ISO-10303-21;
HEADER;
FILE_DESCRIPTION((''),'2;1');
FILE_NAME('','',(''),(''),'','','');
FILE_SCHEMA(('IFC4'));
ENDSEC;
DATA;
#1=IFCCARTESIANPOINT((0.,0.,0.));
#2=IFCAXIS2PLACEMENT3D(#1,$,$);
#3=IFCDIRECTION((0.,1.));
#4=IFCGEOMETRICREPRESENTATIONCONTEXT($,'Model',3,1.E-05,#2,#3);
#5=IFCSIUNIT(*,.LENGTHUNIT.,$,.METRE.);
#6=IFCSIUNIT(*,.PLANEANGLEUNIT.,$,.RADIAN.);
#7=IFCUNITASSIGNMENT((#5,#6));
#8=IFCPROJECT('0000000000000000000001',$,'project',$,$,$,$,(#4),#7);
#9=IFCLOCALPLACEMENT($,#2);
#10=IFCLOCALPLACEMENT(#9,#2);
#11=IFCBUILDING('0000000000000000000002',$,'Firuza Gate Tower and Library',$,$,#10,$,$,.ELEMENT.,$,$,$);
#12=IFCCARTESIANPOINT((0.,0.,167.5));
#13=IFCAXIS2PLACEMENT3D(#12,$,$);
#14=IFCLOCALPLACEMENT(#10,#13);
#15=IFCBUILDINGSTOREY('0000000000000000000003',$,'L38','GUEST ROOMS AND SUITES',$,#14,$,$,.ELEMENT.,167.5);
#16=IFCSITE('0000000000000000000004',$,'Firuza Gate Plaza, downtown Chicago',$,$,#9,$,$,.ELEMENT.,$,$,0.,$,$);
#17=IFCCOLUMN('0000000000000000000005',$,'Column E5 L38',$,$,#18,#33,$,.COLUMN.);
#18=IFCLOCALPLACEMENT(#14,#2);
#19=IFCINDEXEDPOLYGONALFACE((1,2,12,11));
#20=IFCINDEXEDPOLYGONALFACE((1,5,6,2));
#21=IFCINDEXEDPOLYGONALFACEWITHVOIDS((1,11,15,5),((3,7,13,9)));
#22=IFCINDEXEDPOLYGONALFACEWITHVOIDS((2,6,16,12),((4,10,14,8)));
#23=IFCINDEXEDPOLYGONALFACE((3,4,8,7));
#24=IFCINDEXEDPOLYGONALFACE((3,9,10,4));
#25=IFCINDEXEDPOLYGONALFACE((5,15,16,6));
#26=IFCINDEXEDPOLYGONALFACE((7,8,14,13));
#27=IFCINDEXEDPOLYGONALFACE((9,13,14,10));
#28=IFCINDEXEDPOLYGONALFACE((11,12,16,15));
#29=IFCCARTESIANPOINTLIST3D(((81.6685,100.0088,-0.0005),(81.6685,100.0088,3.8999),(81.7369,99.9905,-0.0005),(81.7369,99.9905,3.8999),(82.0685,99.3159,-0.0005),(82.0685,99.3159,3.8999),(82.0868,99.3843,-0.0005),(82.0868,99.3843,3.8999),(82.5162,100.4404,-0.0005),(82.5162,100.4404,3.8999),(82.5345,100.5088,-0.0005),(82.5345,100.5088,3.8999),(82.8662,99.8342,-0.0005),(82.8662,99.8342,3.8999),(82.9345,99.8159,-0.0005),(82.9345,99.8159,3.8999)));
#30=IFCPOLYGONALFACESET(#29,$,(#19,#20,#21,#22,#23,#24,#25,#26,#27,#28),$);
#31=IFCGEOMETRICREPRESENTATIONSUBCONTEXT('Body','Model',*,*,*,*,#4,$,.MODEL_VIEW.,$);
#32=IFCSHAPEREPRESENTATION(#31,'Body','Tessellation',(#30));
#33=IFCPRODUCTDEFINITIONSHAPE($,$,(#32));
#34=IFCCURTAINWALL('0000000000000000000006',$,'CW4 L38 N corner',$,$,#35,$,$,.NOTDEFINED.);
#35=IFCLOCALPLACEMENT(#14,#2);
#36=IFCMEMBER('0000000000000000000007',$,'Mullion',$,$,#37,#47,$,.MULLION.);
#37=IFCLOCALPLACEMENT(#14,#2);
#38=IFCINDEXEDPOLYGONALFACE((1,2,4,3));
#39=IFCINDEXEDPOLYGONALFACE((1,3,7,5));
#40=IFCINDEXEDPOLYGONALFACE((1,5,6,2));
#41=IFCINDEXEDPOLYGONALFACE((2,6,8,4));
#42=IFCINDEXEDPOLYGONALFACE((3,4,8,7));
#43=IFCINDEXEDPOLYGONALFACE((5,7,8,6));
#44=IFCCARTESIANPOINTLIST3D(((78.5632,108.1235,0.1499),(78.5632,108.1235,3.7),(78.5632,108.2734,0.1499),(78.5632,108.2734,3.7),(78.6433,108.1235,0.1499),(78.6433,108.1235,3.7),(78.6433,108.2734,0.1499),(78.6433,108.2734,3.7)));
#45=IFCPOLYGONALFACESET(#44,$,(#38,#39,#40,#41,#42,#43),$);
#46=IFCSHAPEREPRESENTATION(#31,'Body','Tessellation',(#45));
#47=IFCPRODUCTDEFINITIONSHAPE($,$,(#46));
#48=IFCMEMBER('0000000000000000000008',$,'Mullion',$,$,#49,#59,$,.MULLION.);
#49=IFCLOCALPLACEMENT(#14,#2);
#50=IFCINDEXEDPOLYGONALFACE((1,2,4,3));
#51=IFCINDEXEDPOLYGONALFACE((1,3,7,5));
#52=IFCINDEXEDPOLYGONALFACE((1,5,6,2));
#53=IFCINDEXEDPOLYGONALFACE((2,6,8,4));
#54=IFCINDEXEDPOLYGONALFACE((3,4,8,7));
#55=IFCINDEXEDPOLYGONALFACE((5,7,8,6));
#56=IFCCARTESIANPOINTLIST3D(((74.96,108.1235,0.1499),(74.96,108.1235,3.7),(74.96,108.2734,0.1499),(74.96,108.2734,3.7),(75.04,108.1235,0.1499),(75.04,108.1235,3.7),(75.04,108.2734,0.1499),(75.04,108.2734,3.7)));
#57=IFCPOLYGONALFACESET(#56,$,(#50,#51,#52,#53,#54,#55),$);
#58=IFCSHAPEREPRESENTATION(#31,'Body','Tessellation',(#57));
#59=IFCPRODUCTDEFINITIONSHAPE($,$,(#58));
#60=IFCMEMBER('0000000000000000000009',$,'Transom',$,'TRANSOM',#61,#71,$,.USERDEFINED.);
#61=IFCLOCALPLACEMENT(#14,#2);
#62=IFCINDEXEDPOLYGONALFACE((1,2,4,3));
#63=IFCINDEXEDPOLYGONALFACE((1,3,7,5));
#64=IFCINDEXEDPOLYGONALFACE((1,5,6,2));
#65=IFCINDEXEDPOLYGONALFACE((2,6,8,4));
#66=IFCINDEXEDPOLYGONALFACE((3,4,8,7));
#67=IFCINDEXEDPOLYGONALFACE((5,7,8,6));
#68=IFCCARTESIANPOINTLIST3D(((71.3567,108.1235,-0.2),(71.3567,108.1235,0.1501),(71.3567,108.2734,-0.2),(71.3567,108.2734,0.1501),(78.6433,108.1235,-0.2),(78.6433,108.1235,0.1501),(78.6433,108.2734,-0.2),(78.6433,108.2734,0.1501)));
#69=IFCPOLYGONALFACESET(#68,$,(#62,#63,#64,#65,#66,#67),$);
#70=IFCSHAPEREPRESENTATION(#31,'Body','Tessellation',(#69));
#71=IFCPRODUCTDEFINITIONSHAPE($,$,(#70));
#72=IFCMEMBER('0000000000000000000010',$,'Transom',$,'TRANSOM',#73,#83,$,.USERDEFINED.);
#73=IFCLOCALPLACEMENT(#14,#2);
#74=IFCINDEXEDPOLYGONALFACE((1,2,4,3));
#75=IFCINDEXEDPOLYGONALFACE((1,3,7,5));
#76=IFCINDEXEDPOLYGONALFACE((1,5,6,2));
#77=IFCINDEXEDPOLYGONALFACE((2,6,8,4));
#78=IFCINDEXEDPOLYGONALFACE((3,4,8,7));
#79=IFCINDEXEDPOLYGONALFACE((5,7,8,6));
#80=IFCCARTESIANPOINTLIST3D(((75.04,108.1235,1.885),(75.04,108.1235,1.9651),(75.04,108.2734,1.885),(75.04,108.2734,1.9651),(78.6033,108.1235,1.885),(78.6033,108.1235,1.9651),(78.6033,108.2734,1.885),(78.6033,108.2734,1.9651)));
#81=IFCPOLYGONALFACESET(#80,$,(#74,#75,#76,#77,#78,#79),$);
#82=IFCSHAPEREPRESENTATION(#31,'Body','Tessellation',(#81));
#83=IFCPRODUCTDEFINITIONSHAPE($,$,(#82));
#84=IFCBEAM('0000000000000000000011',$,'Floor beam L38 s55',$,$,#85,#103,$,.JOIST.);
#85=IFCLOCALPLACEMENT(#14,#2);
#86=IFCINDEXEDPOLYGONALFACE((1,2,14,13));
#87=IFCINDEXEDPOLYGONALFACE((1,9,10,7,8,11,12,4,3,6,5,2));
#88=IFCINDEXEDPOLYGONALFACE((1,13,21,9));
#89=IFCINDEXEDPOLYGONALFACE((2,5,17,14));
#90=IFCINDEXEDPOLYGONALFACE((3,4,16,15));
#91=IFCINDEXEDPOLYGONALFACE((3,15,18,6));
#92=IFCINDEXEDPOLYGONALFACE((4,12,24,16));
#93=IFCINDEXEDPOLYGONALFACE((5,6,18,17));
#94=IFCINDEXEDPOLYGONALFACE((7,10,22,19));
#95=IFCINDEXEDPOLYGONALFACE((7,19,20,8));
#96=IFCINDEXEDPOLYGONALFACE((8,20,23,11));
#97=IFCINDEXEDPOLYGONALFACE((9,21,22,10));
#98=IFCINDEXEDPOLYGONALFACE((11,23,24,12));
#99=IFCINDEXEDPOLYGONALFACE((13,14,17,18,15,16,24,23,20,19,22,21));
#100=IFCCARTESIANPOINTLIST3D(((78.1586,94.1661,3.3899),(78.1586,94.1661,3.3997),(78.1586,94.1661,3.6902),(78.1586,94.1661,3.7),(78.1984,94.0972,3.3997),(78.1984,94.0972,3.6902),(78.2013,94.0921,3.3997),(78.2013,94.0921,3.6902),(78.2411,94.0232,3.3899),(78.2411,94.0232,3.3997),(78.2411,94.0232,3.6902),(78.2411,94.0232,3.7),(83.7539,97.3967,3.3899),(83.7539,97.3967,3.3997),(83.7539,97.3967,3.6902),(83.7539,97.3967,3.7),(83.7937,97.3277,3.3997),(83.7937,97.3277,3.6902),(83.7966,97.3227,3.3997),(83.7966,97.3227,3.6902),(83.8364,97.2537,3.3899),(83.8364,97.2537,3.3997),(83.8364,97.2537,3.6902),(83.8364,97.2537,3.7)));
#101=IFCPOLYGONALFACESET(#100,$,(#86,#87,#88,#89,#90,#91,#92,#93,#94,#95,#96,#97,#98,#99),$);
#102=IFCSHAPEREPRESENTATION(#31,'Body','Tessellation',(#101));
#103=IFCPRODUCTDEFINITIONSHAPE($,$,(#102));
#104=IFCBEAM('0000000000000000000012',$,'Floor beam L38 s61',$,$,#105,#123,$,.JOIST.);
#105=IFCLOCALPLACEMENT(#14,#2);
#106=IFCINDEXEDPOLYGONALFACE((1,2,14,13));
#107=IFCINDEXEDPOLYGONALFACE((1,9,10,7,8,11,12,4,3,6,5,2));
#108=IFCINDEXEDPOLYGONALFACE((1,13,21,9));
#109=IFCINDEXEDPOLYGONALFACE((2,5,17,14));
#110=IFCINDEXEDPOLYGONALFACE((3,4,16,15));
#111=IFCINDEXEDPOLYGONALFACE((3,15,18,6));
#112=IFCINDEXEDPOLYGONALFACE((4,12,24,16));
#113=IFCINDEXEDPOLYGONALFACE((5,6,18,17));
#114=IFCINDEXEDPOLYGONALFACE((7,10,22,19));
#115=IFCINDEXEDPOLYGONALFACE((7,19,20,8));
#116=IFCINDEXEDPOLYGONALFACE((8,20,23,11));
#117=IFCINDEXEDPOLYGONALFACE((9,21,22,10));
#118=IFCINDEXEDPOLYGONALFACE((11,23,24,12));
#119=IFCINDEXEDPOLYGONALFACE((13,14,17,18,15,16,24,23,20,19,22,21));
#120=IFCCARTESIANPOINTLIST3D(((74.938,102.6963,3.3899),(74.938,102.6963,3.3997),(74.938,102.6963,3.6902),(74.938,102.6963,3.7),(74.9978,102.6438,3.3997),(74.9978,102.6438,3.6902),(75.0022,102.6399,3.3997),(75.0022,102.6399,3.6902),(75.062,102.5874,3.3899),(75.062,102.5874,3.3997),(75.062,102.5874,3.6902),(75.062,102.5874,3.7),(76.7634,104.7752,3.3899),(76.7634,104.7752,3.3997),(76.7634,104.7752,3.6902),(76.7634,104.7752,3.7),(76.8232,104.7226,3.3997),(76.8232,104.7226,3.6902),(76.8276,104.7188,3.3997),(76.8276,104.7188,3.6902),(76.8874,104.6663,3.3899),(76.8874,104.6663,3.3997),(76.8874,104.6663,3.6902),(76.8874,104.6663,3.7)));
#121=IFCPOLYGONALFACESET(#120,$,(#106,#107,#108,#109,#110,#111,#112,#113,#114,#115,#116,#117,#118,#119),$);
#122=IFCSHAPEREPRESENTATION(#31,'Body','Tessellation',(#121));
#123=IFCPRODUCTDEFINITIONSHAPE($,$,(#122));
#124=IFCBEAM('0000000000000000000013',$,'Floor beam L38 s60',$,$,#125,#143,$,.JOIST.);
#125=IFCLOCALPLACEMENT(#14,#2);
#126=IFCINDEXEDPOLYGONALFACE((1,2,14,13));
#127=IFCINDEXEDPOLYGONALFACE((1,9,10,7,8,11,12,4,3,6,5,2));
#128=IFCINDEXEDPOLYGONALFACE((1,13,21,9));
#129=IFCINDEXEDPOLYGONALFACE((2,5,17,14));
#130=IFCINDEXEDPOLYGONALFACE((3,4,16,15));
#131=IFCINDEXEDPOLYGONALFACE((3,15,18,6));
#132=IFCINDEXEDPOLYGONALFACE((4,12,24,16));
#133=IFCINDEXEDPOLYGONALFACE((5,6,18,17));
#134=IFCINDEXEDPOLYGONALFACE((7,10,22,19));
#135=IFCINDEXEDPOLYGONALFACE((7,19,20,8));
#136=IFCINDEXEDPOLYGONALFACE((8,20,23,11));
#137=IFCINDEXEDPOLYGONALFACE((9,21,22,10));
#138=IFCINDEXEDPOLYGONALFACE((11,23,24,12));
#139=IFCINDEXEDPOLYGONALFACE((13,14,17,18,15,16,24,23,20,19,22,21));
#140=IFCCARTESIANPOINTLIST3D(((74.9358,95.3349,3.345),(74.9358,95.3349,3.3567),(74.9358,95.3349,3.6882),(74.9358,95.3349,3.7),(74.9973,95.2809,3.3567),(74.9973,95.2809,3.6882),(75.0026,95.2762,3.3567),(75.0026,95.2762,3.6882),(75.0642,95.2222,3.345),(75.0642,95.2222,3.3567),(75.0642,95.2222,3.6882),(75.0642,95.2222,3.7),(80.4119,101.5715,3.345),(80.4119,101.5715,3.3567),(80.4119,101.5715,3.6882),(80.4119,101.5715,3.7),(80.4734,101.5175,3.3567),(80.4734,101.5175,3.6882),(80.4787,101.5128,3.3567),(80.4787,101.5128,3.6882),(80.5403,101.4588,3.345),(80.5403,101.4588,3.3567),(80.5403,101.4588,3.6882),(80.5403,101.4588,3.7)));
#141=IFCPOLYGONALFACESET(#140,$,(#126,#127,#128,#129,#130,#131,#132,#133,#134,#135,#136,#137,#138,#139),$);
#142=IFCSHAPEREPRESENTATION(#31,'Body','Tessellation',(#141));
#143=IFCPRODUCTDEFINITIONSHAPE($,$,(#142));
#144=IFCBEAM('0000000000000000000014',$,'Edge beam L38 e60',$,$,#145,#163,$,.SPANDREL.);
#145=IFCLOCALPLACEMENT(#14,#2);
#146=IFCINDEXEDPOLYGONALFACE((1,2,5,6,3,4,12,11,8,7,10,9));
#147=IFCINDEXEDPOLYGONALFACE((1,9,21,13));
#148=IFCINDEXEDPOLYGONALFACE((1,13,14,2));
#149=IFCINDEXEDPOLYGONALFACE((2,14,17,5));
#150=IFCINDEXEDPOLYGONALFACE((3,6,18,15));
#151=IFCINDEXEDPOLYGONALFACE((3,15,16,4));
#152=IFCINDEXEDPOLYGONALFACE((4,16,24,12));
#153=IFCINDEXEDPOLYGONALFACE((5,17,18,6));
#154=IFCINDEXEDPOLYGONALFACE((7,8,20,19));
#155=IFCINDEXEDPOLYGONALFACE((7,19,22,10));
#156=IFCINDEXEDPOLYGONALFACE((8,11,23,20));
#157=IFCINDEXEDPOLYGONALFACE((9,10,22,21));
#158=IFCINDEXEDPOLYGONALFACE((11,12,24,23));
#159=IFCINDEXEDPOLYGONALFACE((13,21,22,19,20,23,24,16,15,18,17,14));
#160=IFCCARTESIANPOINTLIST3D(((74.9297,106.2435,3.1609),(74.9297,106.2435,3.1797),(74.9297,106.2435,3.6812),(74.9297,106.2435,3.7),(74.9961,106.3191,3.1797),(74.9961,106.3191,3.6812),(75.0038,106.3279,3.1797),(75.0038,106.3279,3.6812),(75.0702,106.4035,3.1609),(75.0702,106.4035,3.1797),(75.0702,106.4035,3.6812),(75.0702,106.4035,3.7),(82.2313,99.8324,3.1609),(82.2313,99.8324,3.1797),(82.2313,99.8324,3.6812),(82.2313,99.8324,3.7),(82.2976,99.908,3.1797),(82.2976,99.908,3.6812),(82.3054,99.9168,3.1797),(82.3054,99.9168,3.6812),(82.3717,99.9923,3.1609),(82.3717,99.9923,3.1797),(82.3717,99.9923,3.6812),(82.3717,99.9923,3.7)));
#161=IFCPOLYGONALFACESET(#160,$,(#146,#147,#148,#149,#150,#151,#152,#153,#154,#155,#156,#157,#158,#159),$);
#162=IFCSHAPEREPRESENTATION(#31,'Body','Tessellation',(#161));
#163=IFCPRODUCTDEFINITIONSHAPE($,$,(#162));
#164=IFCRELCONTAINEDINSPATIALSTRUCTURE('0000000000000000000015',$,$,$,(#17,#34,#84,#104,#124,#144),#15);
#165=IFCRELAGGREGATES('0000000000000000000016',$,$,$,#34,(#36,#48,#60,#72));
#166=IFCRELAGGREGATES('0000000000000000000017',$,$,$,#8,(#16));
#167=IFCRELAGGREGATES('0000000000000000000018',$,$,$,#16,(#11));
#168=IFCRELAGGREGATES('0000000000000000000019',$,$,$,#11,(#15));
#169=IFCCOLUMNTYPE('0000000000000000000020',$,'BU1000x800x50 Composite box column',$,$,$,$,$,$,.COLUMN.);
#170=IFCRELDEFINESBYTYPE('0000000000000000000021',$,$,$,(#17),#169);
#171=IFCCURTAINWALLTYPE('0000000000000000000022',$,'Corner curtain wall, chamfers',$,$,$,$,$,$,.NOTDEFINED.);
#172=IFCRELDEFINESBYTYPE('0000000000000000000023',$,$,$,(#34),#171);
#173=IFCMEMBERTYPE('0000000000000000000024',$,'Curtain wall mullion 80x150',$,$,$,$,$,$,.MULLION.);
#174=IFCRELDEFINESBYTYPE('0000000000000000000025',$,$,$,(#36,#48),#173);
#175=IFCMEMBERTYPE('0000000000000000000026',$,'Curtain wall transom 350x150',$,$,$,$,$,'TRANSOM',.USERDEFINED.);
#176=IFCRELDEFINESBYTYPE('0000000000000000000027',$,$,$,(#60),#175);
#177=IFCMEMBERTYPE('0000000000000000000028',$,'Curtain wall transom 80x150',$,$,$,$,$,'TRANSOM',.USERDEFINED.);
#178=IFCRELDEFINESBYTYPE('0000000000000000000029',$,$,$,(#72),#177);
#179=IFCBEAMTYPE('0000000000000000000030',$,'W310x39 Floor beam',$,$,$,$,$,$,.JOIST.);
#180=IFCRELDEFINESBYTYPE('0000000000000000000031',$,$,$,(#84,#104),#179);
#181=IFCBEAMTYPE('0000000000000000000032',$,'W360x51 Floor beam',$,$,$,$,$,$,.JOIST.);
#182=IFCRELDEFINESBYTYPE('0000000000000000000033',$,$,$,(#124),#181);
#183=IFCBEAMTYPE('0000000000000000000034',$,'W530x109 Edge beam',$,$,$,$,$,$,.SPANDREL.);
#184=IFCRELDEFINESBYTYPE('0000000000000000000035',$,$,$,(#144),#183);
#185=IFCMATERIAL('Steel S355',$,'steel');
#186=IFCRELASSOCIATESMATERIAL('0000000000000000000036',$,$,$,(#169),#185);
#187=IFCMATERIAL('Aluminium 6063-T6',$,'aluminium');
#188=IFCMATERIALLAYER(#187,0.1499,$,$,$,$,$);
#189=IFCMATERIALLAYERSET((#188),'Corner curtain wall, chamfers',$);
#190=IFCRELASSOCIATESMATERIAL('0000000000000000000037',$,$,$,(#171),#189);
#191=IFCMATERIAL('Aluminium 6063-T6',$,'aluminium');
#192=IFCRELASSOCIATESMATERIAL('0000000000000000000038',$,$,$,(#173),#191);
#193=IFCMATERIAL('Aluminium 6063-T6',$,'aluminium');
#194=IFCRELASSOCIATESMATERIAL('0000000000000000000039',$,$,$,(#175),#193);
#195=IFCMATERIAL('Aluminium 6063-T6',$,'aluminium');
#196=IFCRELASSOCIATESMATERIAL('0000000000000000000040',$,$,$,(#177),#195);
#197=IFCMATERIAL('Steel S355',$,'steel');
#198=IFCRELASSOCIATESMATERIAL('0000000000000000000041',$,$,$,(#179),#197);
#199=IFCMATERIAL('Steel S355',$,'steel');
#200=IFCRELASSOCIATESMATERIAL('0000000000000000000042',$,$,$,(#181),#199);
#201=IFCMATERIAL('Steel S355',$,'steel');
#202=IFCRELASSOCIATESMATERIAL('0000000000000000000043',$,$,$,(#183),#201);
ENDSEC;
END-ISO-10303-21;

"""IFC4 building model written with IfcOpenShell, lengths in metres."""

from ifc_helpers import new_model, si_unit, direction, frame, origin, origin_2d, place, context, subcontext, project, spatial, rectangle, hollow_rectangle, i_section, extrude, material, layer, layer_set, material_profile, profile_set, type_object, element, aggregate, save


model = new_model("IFC4")

# Units and contexts
model_context = context("Model", 3, precision=1e-05, world=origin(), true_north=direction((0.0, 1.0)))
body_context = subcontext(model_context, "Body", "Model", "MODEL_VIEW")
ifc_project = project(units=[si_unit("LENGTHUNIT", "METRE"), si_unit("PLANEANGLEUNIT", "RADIAN")], contexts=[model_context])

# Site, building, storey
site_placement = place(None, origin())
site = spatial("IfcSite", under=ifc_project, at=site_placement, Name="Firuza Gate Plaza, downtown Chicago", CompositionType="ELEMENT", RefElevation=0.0)
building_placement = place(site_placement, origin())
building = spatial("IfcBuilding", under=site, at=building_placement, Name="Firuza Gate Tower and Library", CompositionType="ELEMENT")
storey_placement = place(building_placement, frame((0.0, 0.0, 167.5)))
storey = spatial("IfcBuildingStorey", under=building, at=storey_placement, Name="L38", Description="GUEST ROOMS AND SUITES", CompositionType="ELEMENT", Elevation=167.5)

# Column
ifc_material_1 = material(Name="Steel S355", Category="steel")
ifc_material_profile_1 = material_profile(ifc_material_1, hollow_rectangle(XDim=0.8, YDim=1.0, WallThickness=0.05, at=origin_2d()))
ifc_profile_set_1 = profile_set([ifc_material_profile_1], Name="Steel S355")
column_type = type_object("IfcColumnType", Name="BU1000x800x50 Composite box column", PredefinedType="COLUMN", material=ifc_profile_set_1)
column_placement = place(storey_placement, frame((82.3015, 99.9124, -0.0005), z_axis=(0.0, 0.0, 1.0), x_axis=(-0.5, 0.866025, 0.0)))
element("IfcColumn", 1, at=column_placement, inside=storey, type_object=column_type, Name="Column E5 L38", PredefinedType="COLUMN", context=body_context, shape_type="SweptSolid", body=[
    extrude(hollow_rectangle(XDim=0.8, YDim=1.0, WallThickness=0.05, at=origin_2d()), origin(), (0.0, 0.0, 1.0), 3.9004),
])

# Curtain wall, members
ifc_material_2 = material(Name="Aluminium 6063-T6", Category="aluminium")
ifc_layer_1 = layer(ifc_material_2, 0.1499)
ifc_layer_set_1 = layer_set([ifc_layer_1], Name="Corner curtain wall, chamfers")
curtain_wall_type = type_object("IfcCurtainWallType", Name="Corner curtain wall, chamfers", PredefinedType="NOTDEFINED", material=ifc_layer_set_1)
curtain_wall_placement = place(storey_placement, origin())
curtain_wall = element("IfcCurtainWall", 2, at=curtain_wall_placement, inside=storey, type_object=curtain_wall_type, Name="CW4 L38 N corner", PredefinedType="NOTDEFINED")
ifc_material_3 = material(Name="Aluminium 6063-T6", Category="aluminium")
ifc_material_profile_2 = material_profile(ifc_material_3, rectangle(XDim=0.1499, YDim=0.0801, at=origin_2d()))
ifc_profile_set_2 = profile_set([ifc_material_profile_2], Name="Aluminium 6063-T6")
member_type_1 = type_object("IfcMemberType", Name="Curtain wall mullion 80x150", PredefinedType="MULLION", material=ifc_profile_set_2)
member_1_placement = place(storey_placement, frame((78.6033, 108.1985, 0.1499), z_axis=(0.0, 0.0, 1.0), x_axis=(0.0, -1.0, 0.0)))
member_1 = element("IfcMember", 3, at=member_1_placement, type_object=member_type_1, Name="Mullion", PredefinedType="MULLION", context=body_context, shape_type="SweptSolid", body=[
    extrude(rectangle(XDim=0.1499, YDim=0.0801, at=origin_2d()), origin(), (0.0, 0.0, 1.0), 3.55),
])
member_2_placement = place(storey_placement, frame((75.0, 108.1985, 0.1499), z_axis=(0.0, 0.0, 1.0), x_axis=(0.0, -1.0, 0.0)))
member_2 = element("IfcMember", 4, at=member_2_placement, type_object=member_type_1, Name="Mullion", PredefinedType="MULLION", context=body_context, shape_type="SweptSolid", body=[
    extrude(rectangle(XDim=0.1499, YDim=0.0801, at=origin_2d()), origin(), (0.0, 0.0, 1.0), 3.55),
])
ifc_material_4 = material(Name="Aluminium 6063-T6", Category="aluminium")
ifc_material_profile_3 = material_profile(ifc_material_4, rectangle(XDim=0.1499, YDim=0.3501, at=origin_2d()))
ifc_profile_set_3 = profile_set([ifc_material_profile_3], Name="Aluminium 6063-T6")
member_type_2 = type_object("IfcMemberType", Name="Curtain wall transom 350x150", ElementType="TRANSOM", PredefinedType="USERDEFINED", material=ifc_profile_set_3)
member_3_placement = place(storey_placement, frame((78.6433, 108.1985, -0.0249), z_axis=(-1.0, 0.0, 0.0), x_axis=(0.0, -1.0, 0.0)))
member_3 = element("IfcMember", 5, at=member_3_placement, type_object=member_type_2, Name="Transom", ObjectType="TRANSOM", PredefinedType="USERDEFINED", context=body_context, shape_type="SweptSolid", body=[
    extrude(rectangle(XDim=0.1499, YDim=0.3501, at=origin_2d()), origin(), (0.0, 0.0, 1.0), 7.2866),
])
ifc_material_5 = material(Name="Aluminium 6063-T6", Category="aluminium")
ifc_material_profile_4 = material_profile(ifc_material_5, rectangle(XDim=0.1499, YDim=0.0801, at=origin_2d()))
ifc_profile_set_4 = profile_set([ifc_material_profile_4], Name="Aluminium 6063-T6")
member_type_3 = type_object("IfcMemberType", Name="Curtain wall transom 80x150", ElementType="TRANSOM", PredefinedType="USERDEFINED", material=ifc_profile_set_4)
member_4_placement = place(storey_placement, frame((78.6033, 108.1985, 1.925), z_axis=(-1.0, 0.0, 0.0), x_axis=(0.0, -1.0, 0.0)))
member_4 = element("IfcMember", 6, at=member_4_placement, type_object=member_type_3, Name="Transom", ObjectType="TRANSOM", PredefinedType="USERDEFINED", context=body_context, shape_type="SweptSolid", body=[
    extrude(rectangle(XDim=0.1499, YDim=0.0801, at=origin_2d()), origin(), (0.0, 0.0, 1.0), 3.5632),
])

# Beams
ifc_material_6 = material(Name="Steel S355", Category="steel")
ifc_material_profile_5 = material_profile(ifc_material_6, i_section(OverallWidth=0.165, OverallDepth=0.3101, WebThickness=0.0059, FlangeThickness=0.0098, at=origin_2d()))
ifc_profile_set_5 = profile_set([ifc_material_profile_5], Name="Steel S355")
beam_type_1 = type_object("IfcBeamType", Name="W310x39 Floor beam", PredefinedType="JOIST", material=ifc_profile_set_5)
beam_1_placement = place(storey_placement, frame((83.7952, 97.3252, 3.5449), z_axis=(-0.866021, -0.500008, 0.0), x_axis=(0.500008, -0.866021, 0.0)))
element("IfcBeam", 7, at=beam_1_placement, inside=storey, type_object=beam_type_1, Name="Floor beam L38 s55", PredefinedType="JOIST", context=body_context, shape_type="SweptSolid", body=[
    extrude(i_section(OverallWidth=0.165, OverallDepth=0.3101, WebThickness=0.0059, FlangeThickness=0.0098, at=origin_2d()), origin(), (0.0, 0.0, 1.0), 6.4609),
])
beam_2_placement = place(storey_placement, frame((76.8254, 104.7207, 3.5449), z_axis=(-0.659822, -0.751422, 0.0), x_axis=(0.751422, -0.659822, 0.0)))
element("IfcBeam", 8, at=beam_2_placement, inside=storey, type_object=beam_type_1, Name="Floor beam L38 s61", PredefinedType="JOIST", context=body_context, shape_type="SweptSolid", body=[
    extrude(i_section(OverallWidth=0.165, OverallDepth=0.3101, WebThickness=0.0059, FlangeThickness=0.0098, at=origin_2d()), origin(), (0.0, 0.0, 1.0), 2.7666),
])
ifc_material_7 = material(Name="Steel S355", Category="steel")
ifc_material_profile_6 = material_profile(ifc_material_7, i_section(OverallWidth=0.1709, OverallDepth=0.355, WebThickness=0.0071, FlangeThickness=0.0117, at=origin_2d()))
ifc_profile_set_6 = profile_set([ifc_material_profile_6], Name="Steel S355")
beam_type_2 = type_object("IfcBeamType", Name="W360x51 Floor beam", PredefinedType="JOIST", material=ifc_profile_set_6)
beam_3_placement = place(storey_placement, frame((80.4761, 101.5151, 3.5225), z_axis=(-0.659805, -0.751437, 0.0), x_axis=(0.751437, -0.659805, 0.0)))
element("IfcBeam", 9, at=beam_3_placement, inside=storey, type_object=beam_type_2, Name="Floor beam L38 s60", PredefinedType="JOIST", context=body_context, shape_type="SweptSolid", body=[
    extrude(i_section(OverallWidth=0.1709, OverallDepth=0.355, WebThickness=0.0071, FlangeThickness=0.0117, at=origin_2d()), origin(), (0.0, 0.0, 1.0), 8.2996),
])
ifc_material_8 = material(Name="Steel S355", Category="steel")
ifc_material_profile_7 = material_profile(ifc_material_8, i_section(OverallWidth=0.2129, OverallDepth=0.5391, WebThickness=0.0117, FlangeThickness=0.0188, at=origin_2d()))
ifc_profile_set_7 = profile_set([ifc_material_profile_7], Name="Steel S355")
beam_type_3 = type_object("IfcBeamType", Name="W530x109 Edge beam", PredefinedType="SPANDREL", material=ifc_profile_set_7)
for number, where, z_axis, x_axis, name in (
    (10, (82.3015, 99.9124, 3.4304), (-0.751438, 0.659804, 0.0), (-0.659804, -0.751438, 0.0), "Edge beam L38 e60"),
):
    element("IfcBeam", number, at=place(storey_placement, frame(where, z_axis=z_axis, x_axis=x_axis)), inside=storey, type_object=beam_type_3, Name=name, PredefinedType="SPANDREL", context=body_context, shape_type="SweptSolid", body=[
        extrude(i_section(OverallWidth=0.2129, OverallDepth=0.5391, WebThickness=0.0117, FlangeThickness=0.0188, at=origin_2d()), origin(), (0.0, 0.0, 1.0), 9.7168),
    ])

aggregate(curtain_wall, [member_1, member_2, member_3, member_4])

save(model, "model.ifc")
